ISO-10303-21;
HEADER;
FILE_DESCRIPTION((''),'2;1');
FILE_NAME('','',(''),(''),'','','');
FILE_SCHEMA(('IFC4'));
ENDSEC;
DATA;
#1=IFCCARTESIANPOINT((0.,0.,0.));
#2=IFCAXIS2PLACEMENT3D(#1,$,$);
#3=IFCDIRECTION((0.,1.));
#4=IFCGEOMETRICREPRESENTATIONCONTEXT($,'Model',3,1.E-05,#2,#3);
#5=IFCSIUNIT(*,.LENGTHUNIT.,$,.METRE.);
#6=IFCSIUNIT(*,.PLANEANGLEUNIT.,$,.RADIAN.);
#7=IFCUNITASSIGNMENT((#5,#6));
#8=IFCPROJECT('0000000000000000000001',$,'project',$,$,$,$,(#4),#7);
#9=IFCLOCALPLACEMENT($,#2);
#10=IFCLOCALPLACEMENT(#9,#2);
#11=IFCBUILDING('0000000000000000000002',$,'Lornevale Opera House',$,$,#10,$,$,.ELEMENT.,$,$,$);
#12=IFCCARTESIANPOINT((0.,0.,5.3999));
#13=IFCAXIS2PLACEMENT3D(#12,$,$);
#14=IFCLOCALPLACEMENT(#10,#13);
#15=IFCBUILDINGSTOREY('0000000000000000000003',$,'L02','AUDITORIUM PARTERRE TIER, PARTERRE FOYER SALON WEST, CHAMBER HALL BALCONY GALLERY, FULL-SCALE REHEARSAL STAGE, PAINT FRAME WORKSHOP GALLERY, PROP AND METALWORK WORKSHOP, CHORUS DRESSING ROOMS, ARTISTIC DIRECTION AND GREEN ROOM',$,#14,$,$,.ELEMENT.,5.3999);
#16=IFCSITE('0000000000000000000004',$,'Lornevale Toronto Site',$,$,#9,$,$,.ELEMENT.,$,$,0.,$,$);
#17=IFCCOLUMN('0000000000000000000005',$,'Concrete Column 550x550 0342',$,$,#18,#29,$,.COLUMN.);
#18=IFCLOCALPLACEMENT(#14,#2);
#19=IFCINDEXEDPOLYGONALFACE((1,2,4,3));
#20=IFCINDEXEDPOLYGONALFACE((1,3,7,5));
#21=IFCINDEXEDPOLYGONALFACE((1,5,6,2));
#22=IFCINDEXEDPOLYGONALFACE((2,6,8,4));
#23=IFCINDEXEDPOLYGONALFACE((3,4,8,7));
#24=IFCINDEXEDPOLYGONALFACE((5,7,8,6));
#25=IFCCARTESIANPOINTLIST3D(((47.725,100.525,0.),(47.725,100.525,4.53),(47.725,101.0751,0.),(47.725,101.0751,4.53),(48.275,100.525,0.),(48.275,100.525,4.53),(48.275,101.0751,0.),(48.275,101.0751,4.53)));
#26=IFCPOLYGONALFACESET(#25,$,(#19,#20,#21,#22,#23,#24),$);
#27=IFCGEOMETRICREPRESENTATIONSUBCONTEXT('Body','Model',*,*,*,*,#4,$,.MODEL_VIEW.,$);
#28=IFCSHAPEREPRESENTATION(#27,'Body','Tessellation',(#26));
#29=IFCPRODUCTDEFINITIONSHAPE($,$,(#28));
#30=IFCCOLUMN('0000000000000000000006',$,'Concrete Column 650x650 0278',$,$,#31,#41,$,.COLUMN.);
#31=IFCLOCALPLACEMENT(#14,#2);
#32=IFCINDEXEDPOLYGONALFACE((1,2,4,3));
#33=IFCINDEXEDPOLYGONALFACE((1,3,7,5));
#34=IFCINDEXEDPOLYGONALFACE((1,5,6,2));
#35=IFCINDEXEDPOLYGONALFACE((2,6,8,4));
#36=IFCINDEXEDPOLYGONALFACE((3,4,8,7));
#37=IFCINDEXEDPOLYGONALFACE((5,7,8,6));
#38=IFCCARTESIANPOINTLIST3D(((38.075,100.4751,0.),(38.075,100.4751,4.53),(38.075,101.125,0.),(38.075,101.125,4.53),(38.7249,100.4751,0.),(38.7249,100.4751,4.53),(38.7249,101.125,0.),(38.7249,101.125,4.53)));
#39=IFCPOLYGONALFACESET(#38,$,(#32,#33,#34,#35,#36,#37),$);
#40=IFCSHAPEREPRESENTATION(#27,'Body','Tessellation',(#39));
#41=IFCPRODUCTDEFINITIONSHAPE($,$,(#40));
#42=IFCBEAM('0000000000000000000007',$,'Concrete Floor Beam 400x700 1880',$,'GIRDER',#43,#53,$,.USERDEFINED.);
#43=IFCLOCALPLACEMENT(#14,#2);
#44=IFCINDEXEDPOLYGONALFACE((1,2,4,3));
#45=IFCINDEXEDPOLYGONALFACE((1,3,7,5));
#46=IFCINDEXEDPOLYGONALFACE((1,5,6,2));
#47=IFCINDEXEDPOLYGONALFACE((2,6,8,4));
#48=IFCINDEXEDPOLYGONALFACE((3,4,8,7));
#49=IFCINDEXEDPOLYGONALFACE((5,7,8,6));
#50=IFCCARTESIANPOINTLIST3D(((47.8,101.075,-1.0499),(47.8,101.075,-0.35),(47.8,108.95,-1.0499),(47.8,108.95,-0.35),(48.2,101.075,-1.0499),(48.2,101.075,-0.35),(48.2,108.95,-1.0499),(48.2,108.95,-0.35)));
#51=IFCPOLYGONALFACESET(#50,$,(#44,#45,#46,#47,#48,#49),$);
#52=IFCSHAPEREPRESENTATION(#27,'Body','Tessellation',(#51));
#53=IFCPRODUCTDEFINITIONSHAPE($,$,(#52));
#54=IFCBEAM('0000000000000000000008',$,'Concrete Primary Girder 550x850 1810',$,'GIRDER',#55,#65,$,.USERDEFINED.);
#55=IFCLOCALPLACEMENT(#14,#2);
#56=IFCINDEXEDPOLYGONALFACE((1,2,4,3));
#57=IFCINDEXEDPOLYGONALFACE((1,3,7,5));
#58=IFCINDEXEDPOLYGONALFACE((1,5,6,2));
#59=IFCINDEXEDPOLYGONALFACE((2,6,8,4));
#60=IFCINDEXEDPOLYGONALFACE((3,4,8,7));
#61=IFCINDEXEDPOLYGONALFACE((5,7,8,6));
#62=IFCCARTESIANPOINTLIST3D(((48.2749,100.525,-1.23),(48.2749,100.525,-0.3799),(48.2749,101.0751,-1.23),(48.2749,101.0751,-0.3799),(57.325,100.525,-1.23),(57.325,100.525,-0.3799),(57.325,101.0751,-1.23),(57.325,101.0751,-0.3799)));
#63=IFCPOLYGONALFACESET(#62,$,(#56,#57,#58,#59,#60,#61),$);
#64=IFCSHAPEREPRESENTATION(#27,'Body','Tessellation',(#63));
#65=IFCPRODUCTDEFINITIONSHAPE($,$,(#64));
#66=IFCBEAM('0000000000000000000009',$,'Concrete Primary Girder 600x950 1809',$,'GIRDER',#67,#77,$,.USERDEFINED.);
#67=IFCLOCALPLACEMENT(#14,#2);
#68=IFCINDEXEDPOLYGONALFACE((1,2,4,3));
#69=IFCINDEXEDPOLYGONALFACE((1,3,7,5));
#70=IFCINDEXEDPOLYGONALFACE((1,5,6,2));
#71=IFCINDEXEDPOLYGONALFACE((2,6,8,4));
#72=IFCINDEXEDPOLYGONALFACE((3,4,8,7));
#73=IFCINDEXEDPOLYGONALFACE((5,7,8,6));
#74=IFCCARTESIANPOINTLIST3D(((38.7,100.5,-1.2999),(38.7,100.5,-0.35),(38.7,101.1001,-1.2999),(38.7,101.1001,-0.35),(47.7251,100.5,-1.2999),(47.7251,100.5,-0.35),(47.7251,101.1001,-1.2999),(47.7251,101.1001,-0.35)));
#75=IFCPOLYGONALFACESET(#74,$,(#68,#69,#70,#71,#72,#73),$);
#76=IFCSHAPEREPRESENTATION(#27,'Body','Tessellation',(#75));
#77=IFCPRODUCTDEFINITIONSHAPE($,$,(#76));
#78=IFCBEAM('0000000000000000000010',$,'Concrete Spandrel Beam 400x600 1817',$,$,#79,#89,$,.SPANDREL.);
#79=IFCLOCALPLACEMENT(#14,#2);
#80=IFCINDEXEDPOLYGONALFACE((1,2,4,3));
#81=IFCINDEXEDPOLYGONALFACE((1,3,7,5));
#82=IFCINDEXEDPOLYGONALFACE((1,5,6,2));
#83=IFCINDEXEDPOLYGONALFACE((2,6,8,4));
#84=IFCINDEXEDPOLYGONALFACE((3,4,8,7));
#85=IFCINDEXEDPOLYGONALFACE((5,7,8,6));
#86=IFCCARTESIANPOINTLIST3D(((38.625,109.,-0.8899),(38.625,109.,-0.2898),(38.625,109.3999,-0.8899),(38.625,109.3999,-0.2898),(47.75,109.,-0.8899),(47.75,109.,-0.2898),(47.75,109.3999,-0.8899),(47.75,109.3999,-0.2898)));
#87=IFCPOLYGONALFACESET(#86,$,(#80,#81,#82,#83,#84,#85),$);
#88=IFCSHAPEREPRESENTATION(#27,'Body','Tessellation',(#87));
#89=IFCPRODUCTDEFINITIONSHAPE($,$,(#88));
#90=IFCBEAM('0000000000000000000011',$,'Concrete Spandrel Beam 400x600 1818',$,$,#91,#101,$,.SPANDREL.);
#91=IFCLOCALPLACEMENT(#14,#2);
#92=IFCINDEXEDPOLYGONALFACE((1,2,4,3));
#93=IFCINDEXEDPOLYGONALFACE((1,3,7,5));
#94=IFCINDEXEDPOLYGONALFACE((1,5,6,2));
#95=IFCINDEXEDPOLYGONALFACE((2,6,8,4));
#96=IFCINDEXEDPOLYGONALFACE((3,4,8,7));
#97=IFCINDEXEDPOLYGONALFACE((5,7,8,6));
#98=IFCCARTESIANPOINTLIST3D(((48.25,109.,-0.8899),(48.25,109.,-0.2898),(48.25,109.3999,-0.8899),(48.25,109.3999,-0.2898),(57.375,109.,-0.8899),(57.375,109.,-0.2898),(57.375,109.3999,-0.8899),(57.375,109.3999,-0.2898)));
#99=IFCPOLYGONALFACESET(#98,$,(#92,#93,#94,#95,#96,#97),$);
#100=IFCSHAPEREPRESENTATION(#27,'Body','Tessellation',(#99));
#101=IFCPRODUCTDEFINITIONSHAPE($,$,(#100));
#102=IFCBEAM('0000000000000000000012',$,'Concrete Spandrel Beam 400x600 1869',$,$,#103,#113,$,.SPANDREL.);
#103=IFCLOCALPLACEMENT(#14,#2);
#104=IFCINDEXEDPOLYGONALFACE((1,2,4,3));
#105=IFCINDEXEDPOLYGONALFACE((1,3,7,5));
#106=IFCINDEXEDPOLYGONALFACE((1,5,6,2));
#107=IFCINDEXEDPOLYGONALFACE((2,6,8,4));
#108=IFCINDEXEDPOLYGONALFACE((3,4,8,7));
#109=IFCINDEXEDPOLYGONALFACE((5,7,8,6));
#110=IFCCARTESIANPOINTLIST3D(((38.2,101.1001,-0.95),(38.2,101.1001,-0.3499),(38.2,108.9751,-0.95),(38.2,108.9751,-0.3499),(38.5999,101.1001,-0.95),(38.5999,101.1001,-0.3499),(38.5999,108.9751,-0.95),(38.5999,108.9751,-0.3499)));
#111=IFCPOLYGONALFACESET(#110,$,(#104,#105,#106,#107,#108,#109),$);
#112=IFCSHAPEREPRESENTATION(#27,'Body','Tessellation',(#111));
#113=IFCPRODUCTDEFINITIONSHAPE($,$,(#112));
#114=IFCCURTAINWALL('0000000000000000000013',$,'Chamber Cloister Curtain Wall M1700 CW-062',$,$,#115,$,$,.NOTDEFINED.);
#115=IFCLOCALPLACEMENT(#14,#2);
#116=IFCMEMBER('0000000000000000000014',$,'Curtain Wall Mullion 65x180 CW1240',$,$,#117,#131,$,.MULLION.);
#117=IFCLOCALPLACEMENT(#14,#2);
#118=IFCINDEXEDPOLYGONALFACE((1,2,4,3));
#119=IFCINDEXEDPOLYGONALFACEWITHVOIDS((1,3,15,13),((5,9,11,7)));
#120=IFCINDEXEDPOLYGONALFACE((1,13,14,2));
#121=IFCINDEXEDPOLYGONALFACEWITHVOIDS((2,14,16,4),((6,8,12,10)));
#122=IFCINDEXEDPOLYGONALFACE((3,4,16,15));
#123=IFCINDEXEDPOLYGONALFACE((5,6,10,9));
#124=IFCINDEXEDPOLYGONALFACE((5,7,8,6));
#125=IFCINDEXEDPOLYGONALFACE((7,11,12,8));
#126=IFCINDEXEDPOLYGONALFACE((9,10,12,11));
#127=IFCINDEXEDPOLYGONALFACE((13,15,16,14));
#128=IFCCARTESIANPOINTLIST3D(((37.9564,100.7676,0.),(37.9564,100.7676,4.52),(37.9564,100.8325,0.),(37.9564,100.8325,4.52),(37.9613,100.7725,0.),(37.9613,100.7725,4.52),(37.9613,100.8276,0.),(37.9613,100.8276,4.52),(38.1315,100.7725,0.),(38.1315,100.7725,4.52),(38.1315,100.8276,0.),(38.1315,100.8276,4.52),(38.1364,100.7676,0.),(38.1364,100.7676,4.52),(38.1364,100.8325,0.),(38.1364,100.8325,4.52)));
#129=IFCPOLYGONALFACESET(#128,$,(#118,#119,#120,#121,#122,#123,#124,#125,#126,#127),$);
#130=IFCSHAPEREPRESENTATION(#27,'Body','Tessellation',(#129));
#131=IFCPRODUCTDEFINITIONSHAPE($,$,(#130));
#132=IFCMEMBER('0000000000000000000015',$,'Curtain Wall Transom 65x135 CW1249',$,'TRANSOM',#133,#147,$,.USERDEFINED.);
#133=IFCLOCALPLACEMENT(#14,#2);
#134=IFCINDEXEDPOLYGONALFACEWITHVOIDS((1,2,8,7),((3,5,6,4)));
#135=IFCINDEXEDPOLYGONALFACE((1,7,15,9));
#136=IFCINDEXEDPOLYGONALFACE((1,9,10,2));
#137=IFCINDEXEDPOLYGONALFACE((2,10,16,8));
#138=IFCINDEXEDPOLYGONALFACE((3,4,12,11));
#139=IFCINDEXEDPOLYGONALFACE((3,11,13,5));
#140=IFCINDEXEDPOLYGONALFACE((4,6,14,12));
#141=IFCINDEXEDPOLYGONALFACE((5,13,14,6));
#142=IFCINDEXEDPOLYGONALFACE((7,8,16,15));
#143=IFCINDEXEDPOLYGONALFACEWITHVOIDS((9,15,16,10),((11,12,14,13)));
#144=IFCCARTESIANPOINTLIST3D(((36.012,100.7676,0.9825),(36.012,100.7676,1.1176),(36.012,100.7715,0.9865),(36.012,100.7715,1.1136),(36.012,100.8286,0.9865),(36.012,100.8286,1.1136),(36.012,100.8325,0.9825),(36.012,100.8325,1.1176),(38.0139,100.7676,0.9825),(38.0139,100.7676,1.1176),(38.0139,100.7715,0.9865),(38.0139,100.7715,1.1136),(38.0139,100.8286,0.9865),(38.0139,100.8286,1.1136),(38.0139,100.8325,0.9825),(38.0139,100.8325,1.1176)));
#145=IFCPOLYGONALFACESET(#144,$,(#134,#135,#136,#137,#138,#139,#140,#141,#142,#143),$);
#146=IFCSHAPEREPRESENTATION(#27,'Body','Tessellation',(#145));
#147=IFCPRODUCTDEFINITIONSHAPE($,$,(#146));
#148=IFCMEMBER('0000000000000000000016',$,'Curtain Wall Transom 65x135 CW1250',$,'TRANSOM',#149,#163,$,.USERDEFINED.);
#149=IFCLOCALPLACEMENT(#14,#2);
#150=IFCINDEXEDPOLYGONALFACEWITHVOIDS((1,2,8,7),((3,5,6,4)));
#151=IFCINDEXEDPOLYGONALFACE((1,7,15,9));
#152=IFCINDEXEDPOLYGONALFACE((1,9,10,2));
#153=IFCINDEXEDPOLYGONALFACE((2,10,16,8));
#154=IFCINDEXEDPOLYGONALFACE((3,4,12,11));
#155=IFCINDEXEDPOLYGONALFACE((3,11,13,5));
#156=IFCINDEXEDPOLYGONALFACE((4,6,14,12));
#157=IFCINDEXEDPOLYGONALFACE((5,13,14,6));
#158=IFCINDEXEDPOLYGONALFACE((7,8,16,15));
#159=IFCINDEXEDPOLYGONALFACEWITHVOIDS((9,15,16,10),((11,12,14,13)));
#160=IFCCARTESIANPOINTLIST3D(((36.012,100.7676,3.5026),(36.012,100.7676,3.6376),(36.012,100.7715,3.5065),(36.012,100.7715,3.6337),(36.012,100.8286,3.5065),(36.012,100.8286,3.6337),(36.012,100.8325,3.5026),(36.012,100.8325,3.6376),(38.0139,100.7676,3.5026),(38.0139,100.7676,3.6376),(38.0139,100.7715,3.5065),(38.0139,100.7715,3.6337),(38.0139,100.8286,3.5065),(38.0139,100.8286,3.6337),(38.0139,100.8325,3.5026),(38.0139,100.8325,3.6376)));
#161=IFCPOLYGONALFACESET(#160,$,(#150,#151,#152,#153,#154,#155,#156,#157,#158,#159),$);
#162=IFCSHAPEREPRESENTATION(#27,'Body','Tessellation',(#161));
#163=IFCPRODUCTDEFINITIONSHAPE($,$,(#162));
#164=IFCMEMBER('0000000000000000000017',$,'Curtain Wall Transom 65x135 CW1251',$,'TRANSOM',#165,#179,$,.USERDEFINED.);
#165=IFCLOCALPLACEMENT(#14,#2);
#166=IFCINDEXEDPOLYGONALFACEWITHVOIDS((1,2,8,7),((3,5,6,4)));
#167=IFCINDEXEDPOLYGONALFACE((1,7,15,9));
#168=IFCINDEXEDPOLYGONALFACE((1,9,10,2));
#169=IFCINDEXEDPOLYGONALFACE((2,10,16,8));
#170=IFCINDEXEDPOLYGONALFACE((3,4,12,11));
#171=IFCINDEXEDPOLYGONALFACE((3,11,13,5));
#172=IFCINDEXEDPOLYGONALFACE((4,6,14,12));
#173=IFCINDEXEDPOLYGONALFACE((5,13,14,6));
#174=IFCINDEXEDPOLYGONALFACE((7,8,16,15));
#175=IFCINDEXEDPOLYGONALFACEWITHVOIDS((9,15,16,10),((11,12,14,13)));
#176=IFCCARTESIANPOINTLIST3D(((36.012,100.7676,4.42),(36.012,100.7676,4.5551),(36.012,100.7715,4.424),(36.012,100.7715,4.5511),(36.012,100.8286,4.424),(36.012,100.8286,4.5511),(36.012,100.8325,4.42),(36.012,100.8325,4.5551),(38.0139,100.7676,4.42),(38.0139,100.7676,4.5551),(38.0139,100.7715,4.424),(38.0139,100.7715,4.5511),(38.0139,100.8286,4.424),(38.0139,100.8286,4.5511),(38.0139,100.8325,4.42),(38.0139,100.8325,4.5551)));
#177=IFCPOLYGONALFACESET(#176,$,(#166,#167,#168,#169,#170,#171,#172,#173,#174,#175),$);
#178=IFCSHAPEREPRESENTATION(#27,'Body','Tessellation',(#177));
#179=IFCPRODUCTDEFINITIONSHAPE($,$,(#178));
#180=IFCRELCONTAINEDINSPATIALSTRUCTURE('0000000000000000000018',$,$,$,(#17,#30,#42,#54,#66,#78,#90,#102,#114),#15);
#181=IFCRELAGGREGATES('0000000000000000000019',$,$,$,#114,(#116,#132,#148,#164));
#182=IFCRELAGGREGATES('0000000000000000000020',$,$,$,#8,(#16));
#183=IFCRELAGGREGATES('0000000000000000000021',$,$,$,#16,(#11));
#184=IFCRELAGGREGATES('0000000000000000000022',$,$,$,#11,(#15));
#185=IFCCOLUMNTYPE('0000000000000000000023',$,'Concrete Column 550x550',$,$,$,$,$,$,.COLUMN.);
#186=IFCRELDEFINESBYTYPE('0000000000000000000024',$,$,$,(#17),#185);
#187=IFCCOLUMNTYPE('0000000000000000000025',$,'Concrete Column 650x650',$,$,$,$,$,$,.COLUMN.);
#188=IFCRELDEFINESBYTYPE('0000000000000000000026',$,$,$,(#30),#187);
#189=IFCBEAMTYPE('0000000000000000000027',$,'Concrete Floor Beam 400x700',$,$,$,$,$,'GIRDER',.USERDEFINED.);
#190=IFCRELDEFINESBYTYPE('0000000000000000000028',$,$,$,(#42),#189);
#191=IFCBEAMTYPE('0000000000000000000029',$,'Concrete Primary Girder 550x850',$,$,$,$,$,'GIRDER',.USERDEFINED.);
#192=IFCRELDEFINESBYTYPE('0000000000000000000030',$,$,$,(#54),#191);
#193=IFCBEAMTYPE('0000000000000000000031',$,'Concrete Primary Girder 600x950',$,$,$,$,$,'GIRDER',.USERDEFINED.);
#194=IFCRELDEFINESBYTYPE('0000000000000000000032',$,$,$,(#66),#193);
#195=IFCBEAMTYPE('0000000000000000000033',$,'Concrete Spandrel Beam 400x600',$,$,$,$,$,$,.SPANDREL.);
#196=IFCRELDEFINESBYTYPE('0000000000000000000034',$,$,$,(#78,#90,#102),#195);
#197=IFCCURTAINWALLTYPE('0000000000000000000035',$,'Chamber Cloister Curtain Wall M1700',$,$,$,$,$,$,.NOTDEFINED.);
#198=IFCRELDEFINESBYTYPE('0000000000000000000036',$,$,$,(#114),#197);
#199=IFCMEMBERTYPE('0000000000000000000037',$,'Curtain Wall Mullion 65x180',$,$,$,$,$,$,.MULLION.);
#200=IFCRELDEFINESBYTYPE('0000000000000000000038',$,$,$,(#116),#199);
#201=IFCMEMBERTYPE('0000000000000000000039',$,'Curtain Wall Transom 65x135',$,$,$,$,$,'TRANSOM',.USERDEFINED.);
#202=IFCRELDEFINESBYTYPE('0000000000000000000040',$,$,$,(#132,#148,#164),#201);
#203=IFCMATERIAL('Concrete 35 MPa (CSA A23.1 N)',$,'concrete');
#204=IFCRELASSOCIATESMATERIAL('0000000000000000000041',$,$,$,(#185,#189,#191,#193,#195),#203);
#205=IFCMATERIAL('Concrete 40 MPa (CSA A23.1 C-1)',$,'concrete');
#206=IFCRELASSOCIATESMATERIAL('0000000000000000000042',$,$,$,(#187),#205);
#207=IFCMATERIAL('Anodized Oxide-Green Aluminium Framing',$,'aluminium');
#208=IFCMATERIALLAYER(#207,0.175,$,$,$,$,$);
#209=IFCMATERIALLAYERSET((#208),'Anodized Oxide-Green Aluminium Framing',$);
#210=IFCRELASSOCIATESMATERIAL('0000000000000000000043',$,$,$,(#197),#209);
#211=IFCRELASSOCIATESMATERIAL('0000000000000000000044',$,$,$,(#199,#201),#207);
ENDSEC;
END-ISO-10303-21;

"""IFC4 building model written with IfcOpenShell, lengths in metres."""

from ifc_helpers import new_model, si_unit, direction, frame, origin, origin_2d, place, context, subcontext, project, spatial, rectangle, hollow_rectangle, extrude, material, layer, layer_set, material_profile, profile_set, type_object, element, aggregate, save


model = new_model("IFC4")

# Units and contexts
model_context = context("Model", 3, precision=1e-05, world=origin(), true_north=direction((0.0, 1.0)))
body_context = subcontext(model_context, "Body", "Model", "MODEL_VIEW")
ifc_project = project(units=[si_unit("LENGTHUNIT", "METRE"), si_unit("PLANEANGLEUNIT", "RADIAN")], contexts=[model_context])

# Site, building, storey
site_placement = place(None, origin())
site = spatial("IfcSite", under=ifc_project, at=site_placement, Name="Lornevale Toronto Site", CompositionType="ELEMENT", RefElevation=0.0)
building_placement = place(site_placement, origin())
building = spatial("IfcBuilding", under=site, at=building_placement, Name="Lornevale Opera House", CompositionType="ELEMENT")
storey_placement = place(building_placement, frame((0.0, 0.0, 5.3999)))
storey = spatial("IfcBuildingStorey", under=building, at=storey_placement, Name="L02", Description="AUDITORIUM PARTERRE TIER, PARTERRE FOYER SALON WEST, CHAMBER HALL BALCONY GALLERY, FULL-SCALE REHEARSAL STAGE, PAINT FRAME WORKSHOP GALLERY, PROP AND METALWORK WORKSHOP, CHORUS DRESSING ROOMS, ARTISTIC DIRECTION AND GREEN ROOM", CompositionType="ELEMENT", Elevation=5.3999)

# Columns
ifc_material_1 = material(Name="Concrete 35 MPa (CSA A23.1 N)", Category="concrete")
ifc_material_profile_1 = material_profile(ifc_material_1, rectangle(XDim=0.55, YDim=0.55, at=origin_2d()), Name="RC550x550")
ifc_profile_set_1 = profile_set([ifc_material_profile_1], Name="Concrete 35 MPa (CSA A23.1 N)")
column_type_1 = type_object("IfcColumnType", Name="Concrete Column 550x550", PredefinedType="COLUMN", material=ifc_profile_set_1)
column_1_placement = place(storey_placement, frame((48.0, 100.8, 0.0), z_axis=(0.0, 0.0, 1.0), x_axis=(1.0, 0.0, 0.0)))
element("IfcColumn", 1, at=column_1_placement, inside=storey, type_object=column_type_1, Name="Concrete Column 550x550 0342", PredefinedType="COLUMN", context=body_context, shape_type="SweptSolid", body=[
    extrude(rectangle(XDim=0.55, YDim=0.55, at=origin_2d()), origin(), (0.0, 0.0, 1.0), 4.53),
])
ifc_material_2 = material(Name="Concrete 40 MPa (CSA A23.1 C-1)", Category="concrete")
ifc_material_profile_2 = material_profile(ifc_material_2, rectangle(XDim=0.6499, YDim=0.6499, at=origin_2d()), Name="RC650x650")
ifc_profile_set_2 = profile_set([ifc_material_profile_2], Name="Concrete 40 MPa (CSA A23.1 C-1)")
column_type_2 = type_object("IfcColumnType", Name="Concrete Column 650x650", PredefinedType="COLUMN", material=ifc_profile_set_2)
column_2_placement = place(storey_placement, frame((38.3999, 100.8, 0.0), z_axis=(0.0, 0.0, 1.0), x_axis=(1.0, 0.0, 0.0)))
element("IfcColumn", 2, at=column_2_placement, inside=storey, type_object=column_type_2, Name="Concrete Column 650x650 0278", PredefinedType="COLUMN", context=body_context, shape_type="SweptSolid", body=[
    extrude(rectangle(XDim=0.6499, YDim=0.6499, at=origin_2d()), origin(), (0.0, 0.0, 1.0), 4.53),
])

# Beams
ifc_material_profile_3 = material_profile(ifc_material_1, rectangle(XDim=0.3999, YDim=0.7, at=origin_2d()), Name="RC400x700")
ifc_profile_set_3 = profile_set([ifc_material_profile_3], Name="Concrete 35 MPa (CSA A23.1 N)")
beam_type_1 = type_object("IfcBeamType", Name="Concrete Floor Beam 400x700", ElementType="GIRDER", PredefinedType="USERDEFINED", material=ifc_profile_set_3)
beam_1_placement = place(storey_placement, frame((48.0, 101.075, -0.7), z_axis=(0.0, 1.0, 0.0), x_axis=(-1.0, 0.0, 0.0)))
element("IfcBeam", 3, at=beam_1_placement, inside=storey, type_object=beam_type_1, Name="Concrete Floor Beam 400x700 1880", ObjectType="GIRDER", PredefinedType="USERDEFINED", context=body_context, shape_type="SweptSolid", body=[
    extrude(rectangle(XDim=0.3999, YDim=0.7, at=origin_2d()), origin(), (0.0, 0.0, 1.0), 7.875),
])
ifc_material_profile_4 = material_profile(ifc_material_1, rectangle(XDim=0.55, YDim=0.8501, at=origin_2d()), Name="RC550x850")
ifc_profile_set_4 = profile_set([ifc_material_profile_4], Name="Concrete 35 MPa (CSA A23.1 N)")
beam_type_2 = type_object("IfcBeamType", Name="Concrete Primary Girder 550x850", ElementType="GIRDER", PredefinedType="USERDEFINED", material=ifc_profile_set_4)
beam_2_placement = place(storey_placement, frame((48.2749, 100.8, -0.8049), z_axis=(1.0, 0.0, 0.0), x_axis=(0.0, 1.0, 0.0)))
element("IfcBeam", 4, at=beam_2_placement, inside=storey, type_object=beam_type_2, Name="Concrete Primary Girder 550x850 1810", ObjectType="GIRDER", PredefinedType="USERDEFINED", context=body_context, shape_type="SweptSolid", body=[
    extrude(rectangle(XDim=0.55, YDim=0.8501, at=origin_2d()), origin(), (0.0, 0.0, 1.0), 9.05),
])
ifc_material_profile_5 = material_profile(ifc_material_1, rectangle(XDim=0.6001, YDim=0.95, at=origin_2d()), Name="RC600x950")
ifc_profile_set_5 = profile_set([ifc_material_profile_5], Name="Concrete 35 MPa (CSA A23.1 N)")
beam_type_3 = type_object("IfcBeamType", Name="Concrete Primary Girder 600x950", ElementType="GIRDER", PredefinedType="USERDEFINED", material=ifc_profile_set_5)
beam_3_placement = place(storey_placement, frame((38.7, 100.8, -0.825), z_axis=(1.0, 0.0, 0.0), x_axis=(0.0, 1.0, 0.0)))
element("IfcBeam", 5, at=beam_3_placement, inside=storey, type_object=beam_type_3, Name="Concrete Primary Girder 600x950 1809", ObjectType="GIRDER", PredefinedType="USERDEFINED", context=body_context, shape_type="SweptSolid", body=[
    extrude(rectangle(XDim=0.6001, YDim=0.95, at=origin_2d()), origin(), (0.0, 0.0, 1.0), 9.0251),
])
ifc_material_profile_6 = material_profile(ifc_material_1, rectangle(XDim=0.3999, YDim=0.6001, at=origin_2d()), Name="RC400x600")
ifc_profile_set_6 = profile_set([ifc_material_profile_6], Name="Concrete 35 MPa (CSA A23.1 N)")
beam_type_4 = type_object("IfcBeamType", Name="Concrete Spandrel Beam 400x600", PredefinedType="SPANDREL", material=ifc_profile_set_6)
for number, where, z_axis, x_axis, name in (
    (6, (38.625, 109.2, -0.5898), (1.0, 0.0, 0.0), (0.0, 1.0, 0.0), "Concrete Spandrel Beam 400x600 1817"),
    (7, (48.25, 109.2, -0.5898), (1.0, 0.0, 0.0), (0.0, 1.0, 0.0), "Concrete Spandrel Beam 400x600 1818"),
):
    element("IfcBeam", number, at=place(storey_placement, frame(where, z_axis=z_axis, x_axis=x_axis)), inside=storey, type_object=beam_type_4, Name=name, PredefinedType="SPANDREL", context=body_context, shape_type="SweptSolid", body=[
        extrude(rectangle(XDim=0.3999, YDim=0.6001, at=origin_2d()), origin(), (0.0, 0.0, 1.0), 9.125),
    ])
beam_4_placement = place(storey_placement, frame((38.3999, 101.1001, -0.6499), z_axis=(0.0, 1.0, 0.0), x_axis=(-1.0, 0.0, 0.0)))
element("IfcBeam", 8, at=beam_4_placement, inside=storey, type_object=beam_type_4, Name="Concrete Spandrel Beam 400x600 1869", PredefinedType="SPANDREL", context=body_context, shape_type="SweptSolid", body=[
    extrude(rectangle(XDim=0.3999, YDim=0.6001, at=origin_2d()), origin(), (0.0, 0.0, 1.0), 7.875),
])

# Curtain wall, members
ifc_material_3 = material(Name="Anodized Oxide-Green Aluminium Framing", Category="aluminium")
ifc_layer_1 = layer(ifc_material_3, 0.175)
ifc_layer_set_1 = layer_set([ifc_layer_1], Name="Anodized Oxide-Green Aluminium Framing")
curtain_wall_type = type_object("IfcCurtainWallType", Name="Chamber Cloister Curtain Wall M1700", PredefinedType="NOTDEFINED", material=ifc_layer_set_1)
curtain_wall_placement = place(storey_placement, origin())
curtain_wall = element("IfcCurtainWall", 9, at=curtain_wall_placement, inside=storey, type_object=curtain_wall_type, Name="Chamber Cloister Curtain Wall M1700 CW-062", PredefinedType="NOTDEFINED")
ifc_material_profile_7 = material_profile(ifc_material_3, hollow_rectangle(XDim=0.0649, YDim=0.1799, WallThickness=0.0049, at=origin_2d()), Name="ALU65x180x5")
ifc_profile_set_7 = profile_set([ifc_material_profile_7], Name="Anodized Oxide-Green Aluminium Framing")
member_type_1 = type_object("IfcMemberType", Name="Curtain Wall Mullion 65x180", PredefinedType="MULLION", material=ifc_profile_set_7)
member_1_placement = place(storey_placement, frame((38.0464, 100.8, 0.0), z_axis=(0.0, 0.0, 1.0), x_axis=(0.0, 1.0, 0.0)))
member_1 = element("IfcMember", 10, at=member_1_placement, type_object=member_type_1, Name="Curtain Wall Mullion 65x180 CW1240", PredefinedType="MULLION", context=body_context, shape_type="SweptSolid", body=[
    extrude(hollow_rectangle(XDim=0.0649, YDim=0.1799, WallThickness=0.0049, at=origin_2d()), origin(), (0.0, 0.0, 1.0), 4.52),
])
ifc_material_profile_8 = material_profile(ifc_material_3, hollow_rectangle(XDim=0.0649, YDim=0.135, WallThickness=0.0039, at=origin_2d()), Name="ALU65x135x4")
ifc_profile_set_8 = profile_set([ifc_material_profile_8], Name="Anodized Oxide-Green Aluminium Framing")
member_type_2 = type_object("IfcMemberType", Name="Curtain Wall Transom 65x135", ElementType="TRANSOM", PredefinedType="USERDEFINED", material=ifc_profile_set_8)
member_2_placement = place(storey_placement, frame((36.012, 100.8, 1.05), z_axis=(1.0, 0.0, 0.0), x_axis=(0.0, 1.0, 0.0)))
member_2 = element("IfcMember", 11, at=member_2_placement, type_object=member_type_2, Name="Curtain Wall Transom 65x135 CW1249", ObjectType="TRANSOM", PredefinedType="USERDEFINED", context=body_context, shape_type="SweptSolid", body=[
    extrude(hollow_rectangle(XDim=0.0649, YDim=0.135, WallThickness=0.0039, at=origin_2d()), origin(), (0.0, 0.0, 1.0), 2.002),
])
member_3_placement = place(storey_placement, frame((36.012, 100.8, 3.5701), z_axis=(1.0, 0.0, 0.0), x_axis=(0.0, 1.0, 0.0)))
member_3 = element("IfcMember", 12, at=member_3_placement, type_object=member_type_2, Name="Curtain Wall Transom 65x135 CW1250", ObjectType="TRANSOM", PredefinedType="USERDEFINED", context=body_context, shape_type="SweptSolid", body=[
    extrude(hollow_rectangle(XDim=0.0649, YDim=0.135, WallThickness=0.0039, at=origin_2d()), origin(), (0.0, 0.0, 1.0), 2.002),
])
member_4_placement = place(storey_placement, frame((36.012, 100.8, 4.4875), z_axis=(1.0, 0.0, 0.0), x_axis=(0.0, 1.0, 0.0)))
member_4 = element("IfcMember", 13, at=member_4_placement, type_object=member_type_2, Name="Curtain Wall Transom 65x135 CW1251", ObjectType="TRANSOM", PredefinedType="USERDEFINED", context=body_context, shape_type="SweptSolid", body=[
    extrude(hollow_rectangle(XDim=0.0649, YDim=0.135, WallThickness=0.0039, at=origin_2d()), origin(), (0.0, 0.0, 1.0), 2.002),
])

aggregate(curtain_wall, [member_1, member_2, member_3, member_4])

save(model, "model.ifc")
